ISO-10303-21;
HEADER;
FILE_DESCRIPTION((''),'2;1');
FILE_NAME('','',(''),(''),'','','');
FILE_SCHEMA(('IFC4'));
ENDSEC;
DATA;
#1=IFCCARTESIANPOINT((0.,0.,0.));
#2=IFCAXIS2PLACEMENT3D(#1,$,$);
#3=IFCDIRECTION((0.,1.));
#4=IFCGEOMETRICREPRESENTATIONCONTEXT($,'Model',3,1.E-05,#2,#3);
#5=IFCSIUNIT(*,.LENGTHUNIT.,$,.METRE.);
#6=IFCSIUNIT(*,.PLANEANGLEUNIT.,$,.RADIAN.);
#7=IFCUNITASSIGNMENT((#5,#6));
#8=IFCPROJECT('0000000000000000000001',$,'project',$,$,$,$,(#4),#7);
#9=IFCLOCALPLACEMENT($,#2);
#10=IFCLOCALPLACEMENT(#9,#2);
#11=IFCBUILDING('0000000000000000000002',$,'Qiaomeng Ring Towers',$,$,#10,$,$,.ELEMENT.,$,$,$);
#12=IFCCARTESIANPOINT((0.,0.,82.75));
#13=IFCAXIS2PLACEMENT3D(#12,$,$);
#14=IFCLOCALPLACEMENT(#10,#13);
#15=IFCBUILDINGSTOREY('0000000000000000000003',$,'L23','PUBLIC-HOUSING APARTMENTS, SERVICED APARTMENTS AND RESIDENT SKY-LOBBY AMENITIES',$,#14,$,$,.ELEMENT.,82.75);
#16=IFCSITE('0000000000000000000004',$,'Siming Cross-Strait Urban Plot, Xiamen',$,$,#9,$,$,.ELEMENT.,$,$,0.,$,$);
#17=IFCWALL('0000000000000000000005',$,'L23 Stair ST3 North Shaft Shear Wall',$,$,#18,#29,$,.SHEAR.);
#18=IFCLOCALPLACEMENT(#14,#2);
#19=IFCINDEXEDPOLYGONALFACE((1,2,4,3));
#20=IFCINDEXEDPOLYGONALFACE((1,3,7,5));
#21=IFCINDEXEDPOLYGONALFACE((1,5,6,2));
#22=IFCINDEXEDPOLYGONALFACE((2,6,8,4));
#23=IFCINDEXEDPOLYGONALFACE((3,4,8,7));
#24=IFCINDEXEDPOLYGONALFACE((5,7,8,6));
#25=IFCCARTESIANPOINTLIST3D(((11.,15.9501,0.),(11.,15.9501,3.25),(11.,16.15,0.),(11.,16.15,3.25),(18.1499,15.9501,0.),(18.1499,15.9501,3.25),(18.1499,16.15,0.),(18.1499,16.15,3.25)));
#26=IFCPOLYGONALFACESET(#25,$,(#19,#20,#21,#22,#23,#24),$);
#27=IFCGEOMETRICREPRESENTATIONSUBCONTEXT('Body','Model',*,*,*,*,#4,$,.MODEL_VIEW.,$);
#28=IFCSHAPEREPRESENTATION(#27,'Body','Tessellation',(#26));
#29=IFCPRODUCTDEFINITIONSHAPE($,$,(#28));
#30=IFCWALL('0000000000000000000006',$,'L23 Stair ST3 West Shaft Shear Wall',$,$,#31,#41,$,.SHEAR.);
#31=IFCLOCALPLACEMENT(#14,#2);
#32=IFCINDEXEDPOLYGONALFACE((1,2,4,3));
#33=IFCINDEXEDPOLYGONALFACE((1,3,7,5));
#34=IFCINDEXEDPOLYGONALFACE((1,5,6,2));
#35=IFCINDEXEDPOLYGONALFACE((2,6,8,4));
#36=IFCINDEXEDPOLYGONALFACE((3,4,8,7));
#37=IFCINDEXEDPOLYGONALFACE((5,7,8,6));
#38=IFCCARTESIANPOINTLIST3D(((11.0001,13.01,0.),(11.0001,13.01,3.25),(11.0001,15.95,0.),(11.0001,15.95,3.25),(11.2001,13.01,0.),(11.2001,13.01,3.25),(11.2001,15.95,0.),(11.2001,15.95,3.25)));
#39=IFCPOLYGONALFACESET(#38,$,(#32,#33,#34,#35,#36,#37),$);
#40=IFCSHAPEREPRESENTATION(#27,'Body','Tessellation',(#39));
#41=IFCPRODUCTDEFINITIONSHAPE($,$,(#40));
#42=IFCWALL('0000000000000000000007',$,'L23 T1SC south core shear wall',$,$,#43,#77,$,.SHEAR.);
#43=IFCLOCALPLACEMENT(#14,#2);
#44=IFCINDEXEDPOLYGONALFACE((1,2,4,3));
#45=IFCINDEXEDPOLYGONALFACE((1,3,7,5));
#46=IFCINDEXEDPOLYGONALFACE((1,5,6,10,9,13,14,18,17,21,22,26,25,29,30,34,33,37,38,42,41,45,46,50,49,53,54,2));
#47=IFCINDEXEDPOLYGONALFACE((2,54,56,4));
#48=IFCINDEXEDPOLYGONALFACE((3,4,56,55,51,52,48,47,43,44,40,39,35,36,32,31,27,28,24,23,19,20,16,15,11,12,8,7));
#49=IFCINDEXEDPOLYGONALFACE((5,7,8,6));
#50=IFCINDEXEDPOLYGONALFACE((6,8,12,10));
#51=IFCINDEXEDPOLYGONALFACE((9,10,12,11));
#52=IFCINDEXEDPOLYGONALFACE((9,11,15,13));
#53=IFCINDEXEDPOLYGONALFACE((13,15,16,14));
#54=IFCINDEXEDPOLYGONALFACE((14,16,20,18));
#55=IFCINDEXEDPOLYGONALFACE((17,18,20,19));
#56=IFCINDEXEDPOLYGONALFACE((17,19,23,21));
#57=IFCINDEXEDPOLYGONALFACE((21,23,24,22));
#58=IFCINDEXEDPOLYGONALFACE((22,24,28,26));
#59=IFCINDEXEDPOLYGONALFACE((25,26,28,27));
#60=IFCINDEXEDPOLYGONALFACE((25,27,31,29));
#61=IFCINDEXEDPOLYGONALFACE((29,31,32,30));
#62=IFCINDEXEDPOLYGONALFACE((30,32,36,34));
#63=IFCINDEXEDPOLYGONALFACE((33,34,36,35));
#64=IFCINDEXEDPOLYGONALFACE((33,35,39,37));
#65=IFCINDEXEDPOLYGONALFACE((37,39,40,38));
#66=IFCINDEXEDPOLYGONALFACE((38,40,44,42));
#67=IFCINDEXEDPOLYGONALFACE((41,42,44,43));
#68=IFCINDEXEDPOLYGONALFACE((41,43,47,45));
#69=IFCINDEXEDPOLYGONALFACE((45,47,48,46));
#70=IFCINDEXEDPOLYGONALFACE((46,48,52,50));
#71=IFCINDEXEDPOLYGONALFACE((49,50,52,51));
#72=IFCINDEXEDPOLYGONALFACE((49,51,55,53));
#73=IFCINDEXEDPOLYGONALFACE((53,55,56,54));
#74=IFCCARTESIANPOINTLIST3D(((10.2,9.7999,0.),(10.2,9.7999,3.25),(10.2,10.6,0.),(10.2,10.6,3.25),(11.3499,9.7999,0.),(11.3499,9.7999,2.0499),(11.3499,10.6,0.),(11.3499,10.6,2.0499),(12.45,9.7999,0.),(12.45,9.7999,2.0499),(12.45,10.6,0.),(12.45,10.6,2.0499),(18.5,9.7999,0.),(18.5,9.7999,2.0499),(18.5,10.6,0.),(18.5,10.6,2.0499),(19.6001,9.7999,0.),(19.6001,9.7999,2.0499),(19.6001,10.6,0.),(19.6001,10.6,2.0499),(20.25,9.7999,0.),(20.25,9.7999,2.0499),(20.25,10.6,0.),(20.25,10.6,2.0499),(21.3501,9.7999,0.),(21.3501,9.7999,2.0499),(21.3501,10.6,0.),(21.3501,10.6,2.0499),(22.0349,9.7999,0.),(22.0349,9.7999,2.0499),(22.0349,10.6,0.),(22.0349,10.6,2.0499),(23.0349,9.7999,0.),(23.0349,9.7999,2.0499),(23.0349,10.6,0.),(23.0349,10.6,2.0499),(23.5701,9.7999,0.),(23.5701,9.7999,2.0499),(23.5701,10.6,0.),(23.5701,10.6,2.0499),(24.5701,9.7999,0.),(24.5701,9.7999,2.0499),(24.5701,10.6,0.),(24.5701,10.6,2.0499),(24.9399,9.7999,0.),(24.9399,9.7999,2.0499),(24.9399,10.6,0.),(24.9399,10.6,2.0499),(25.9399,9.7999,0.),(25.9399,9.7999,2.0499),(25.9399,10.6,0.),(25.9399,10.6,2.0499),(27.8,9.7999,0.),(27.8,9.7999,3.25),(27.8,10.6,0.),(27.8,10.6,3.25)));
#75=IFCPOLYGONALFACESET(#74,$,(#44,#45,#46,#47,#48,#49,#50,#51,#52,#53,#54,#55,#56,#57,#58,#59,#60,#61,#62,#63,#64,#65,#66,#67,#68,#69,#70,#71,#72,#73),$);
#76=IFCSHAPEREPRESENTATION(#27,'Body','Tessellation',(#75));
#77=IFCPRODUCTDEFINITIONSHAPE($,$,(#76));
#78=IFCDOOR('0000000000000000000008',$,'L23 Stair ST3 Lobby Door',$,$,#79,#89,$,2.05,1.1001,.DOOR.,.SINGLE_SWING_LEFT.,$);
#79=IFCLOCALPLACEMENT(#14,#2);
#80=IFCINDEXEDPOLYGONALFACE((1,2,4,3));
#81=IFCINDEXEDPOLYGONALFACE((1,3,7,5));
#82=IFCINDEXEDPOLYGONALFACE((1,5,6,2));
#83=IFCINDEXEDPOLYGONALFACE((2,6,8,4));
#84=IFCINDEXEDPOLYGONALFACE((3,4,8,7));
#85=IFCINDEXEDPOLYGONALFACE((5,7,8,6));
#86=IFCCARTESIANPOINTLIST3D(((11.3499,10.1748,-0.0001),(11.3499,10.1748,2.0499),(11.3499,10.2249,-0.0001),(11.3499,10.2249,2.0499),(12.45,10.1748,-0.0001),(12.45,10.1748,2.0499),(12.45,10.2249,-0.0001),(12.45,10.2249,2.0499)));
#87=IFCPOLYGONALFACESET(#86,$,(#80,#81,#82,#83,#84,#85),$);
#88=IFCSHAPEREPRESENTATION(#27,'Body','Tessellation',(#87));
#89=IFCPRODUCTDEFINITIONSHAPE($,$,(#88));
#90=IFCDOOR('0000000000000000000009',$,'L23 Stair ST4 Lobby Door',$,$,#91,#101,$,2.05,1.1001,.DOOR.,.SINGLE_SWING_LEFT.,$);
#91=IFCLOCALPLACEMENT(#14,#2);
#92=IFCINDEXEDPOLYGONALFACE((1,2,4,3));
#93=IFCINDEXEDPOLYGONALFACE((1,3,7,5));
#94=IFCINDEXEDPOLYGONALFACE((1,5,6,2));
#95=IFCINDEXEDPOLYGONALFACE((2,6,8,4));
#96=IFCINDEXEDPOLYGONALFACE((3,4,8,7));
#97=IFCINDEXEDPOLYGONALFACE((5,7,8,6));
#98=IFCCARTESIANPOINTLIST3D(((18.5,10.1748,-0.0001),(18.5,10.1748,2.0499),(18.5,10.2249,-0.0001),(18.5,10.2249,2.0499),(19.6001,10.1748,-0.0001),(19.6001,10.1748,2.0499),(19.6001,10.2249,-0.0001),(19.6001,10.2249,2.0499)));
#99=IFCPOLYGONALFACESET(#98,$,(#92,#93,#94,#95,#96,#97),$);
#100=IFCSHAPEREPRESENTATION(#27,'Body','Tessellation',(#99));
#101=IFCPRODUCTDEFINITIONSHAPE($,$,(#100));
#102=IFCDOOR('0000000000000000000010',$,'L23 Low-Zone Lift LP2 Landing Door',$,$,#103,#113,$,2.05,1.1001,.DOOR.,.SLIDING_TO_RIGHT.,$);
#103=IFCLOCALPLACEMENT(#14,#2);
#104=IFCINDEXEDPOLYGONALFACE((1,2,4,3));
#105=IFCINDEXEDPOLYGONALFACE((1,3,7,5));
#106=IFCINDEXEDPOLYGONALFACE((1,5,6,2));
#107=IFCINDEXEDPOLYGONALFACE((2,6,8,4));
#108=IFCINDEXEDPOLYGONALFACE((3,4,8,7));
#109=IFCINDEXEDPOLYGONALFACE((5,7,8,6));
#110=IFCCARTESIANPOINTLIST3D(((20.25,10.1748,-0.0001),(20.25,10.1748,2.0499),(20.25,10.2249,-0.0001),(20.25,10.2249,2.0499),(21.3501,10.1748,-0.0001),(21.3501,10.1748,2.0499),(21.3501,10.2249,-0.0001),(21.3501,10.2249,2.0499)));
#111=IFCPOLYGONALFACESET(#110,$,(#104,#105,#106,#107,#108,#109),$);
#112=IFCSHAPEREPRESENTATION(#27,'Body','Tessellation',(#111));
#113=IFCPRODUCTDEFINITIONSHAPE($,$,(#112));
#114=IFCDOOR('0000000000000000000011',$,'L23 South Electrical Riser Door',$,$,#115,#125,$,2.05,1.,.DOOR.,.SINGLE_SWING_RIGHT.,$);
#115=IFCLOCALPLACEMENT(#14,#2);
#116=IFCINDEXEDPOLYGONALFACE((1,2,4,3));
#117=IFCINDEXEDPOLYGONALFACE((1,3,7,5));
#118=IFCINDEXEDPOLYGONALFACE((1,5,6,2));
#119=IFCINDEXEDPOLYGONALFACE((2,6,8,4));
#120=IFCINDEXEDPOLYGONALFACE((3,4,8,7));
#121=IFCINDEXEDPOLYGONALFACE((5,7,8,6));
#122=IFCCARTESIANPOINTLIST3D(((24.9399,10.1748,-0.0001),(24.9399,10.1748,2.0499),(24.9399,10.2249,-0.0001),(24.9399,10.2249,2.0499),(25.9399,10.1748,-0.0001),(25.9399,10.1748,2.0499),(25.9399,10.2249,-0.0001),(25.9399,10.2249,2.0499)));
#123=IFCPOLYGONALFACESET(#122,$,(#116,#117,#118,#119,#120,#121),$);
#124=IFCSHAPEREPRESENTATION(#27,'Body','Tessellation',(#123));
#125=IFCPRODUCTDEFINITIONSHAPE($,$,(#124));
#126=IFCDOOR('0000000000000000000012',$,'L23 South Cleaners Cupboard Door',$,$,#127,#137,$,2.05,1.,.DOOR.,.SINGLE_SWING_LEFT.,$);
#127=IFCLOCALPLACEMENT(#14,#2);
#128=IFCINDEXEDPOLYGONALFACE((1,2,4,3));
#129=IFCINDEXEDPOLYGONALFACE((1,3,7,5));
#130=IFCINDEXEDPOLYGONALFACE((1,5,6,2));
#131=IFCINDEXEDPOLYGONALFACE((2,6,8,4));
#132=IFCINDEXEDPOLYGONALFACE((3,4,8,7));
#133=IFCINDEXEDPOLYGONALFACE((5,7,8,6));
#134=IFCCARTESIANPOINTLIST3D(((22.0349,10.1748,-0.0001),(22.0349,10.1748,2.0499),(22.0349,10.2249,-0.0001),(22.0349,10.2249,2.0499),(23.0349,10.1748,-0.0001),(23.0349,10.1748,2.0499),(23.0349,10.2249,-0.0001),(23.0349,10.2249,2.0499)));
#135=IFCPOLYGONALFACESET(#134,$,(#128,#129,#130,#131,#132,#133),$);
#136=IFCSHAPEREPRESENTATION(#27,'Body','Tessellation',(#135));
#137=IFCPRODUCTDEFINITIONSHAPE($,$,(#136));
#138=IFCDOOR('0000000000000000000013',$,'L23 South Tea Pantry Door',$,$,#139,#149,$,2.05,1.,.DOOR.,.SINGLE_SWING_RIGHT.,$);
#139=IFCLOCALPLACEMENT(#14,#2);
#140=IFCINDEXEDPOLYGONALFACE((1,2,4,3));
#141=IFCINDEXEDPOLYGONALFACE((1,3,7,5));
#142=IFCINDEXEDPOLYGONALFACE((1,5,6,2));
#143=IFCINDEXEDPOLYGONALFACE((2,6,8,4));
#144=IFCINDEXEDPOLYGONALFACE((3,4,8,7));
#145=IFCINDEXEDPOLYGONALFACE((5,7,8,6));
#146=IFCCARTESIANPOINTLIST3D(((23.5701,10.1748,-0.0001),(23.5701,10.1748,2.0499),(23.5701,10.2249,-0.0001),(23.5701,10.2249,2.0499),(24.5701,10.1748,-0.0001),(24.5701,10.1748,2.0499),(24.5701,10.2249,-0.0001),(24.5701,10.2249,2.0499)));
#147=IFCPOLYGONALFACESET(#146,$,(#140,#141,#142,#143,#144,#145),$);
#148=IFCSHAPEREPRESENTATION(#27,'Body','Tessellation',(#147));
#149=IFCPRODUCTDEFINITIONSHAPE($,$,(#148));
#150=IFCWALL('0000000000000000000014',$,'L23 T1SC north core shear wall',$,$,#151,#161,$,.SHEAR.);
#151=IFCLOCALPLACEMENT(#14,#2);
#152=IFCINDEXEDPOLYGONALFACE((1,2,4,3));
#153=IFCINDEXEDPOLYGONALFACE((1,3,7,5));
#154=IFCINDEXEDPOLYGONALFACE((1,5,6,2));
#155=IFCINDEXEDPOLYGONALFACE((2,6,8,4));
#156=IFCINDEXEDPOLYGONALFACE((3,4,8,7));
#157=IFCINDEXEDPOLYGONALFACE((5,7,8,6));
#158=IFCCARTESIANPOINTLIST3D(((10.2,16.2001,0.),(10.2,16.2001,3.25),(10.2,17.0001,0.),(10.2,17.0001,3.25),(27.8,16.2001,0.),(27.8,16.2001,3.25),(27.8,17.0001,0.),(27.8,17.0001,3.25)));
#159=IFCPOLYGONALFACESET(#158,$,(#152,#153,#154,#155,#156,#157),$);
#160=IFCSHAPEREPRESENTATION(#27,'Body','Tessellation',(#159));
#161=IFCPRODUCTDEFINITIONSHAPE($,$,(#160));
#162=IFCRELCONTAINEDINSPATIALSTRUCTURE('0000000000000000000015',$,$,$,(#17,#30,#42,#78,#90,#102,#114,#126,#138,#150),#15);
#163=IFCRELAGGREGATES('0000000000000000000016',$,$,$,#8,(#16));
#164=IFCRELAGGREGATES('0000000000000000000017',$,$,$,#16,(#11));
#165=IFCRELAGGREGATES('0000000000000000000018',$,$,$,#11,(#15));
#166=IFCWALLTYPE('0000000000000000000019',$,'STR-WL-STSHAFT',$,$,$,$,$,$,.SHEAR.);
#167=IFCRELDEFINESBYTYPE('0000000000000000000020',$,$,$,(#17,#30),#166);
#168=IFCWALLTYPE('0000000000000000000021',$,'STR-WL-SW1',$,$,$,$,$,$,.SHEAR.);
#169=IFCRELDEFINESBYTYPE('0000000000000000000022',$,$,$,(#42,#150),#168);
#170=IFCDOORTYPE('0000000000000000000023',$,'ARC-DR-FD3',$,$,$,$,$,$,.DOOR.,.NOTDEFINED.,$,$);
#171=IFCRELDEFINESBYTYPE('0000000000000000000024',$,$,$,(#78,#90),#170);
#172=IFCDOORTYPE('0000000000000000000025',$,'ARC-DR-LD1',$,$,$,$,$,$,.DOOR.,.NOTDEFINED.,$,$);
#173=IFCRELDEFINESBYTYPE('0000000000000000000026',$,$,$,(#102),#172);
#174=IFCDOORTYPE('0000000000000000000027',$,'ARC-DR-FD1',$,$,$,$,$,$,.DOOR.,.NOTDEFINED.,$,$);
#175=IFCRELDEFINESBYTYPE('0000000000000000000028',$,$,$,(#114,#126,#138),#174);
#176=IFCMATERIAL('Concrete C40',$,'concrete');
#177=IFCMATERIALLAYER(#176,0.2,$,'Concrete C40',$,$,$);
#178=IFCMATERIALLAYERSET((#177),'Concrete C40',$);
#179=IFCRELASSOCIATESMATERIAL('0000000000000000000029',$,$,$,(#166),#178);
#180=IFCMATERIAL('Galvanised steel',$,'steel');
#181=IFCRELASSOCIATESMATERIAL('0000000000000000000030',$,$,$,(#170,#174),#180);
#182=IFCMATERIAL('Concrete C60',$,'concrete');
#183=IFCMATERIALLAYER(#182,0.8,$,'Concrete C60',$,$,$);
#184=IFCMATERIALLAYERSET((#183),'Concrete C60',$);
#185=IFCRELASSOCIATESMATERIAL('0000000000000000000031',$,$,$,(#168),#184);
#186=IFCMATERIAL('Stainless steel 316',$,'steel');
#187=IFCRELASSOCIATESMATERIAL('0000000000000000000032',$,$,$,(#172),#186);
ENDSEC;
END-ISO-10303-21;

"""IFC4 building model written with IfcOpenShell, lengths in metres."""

from ifc_helpers import new_model, si_unit, direction, frame, frame_2d, origin, place, context, subcontext, project, spatial, rectangle, extrude, source, transform, mapped, material, layer, layer_set, type_object, element, fill, save


model = new_model("IFC4")

# Units and contexts
model_context = context("Model", 3, precision=1e-05, world=origin(), true_north=direction((0.0, 1.0)))
body_context = subcontext(model_context, "Body", "Model", "MODEL_VIEW")
ifc_project = project(units=[si_unit("LENGTHUNIT", "METRE"), si_unit("PLANEANGLEUNIT", "RADIAN")], contexts=[model_context])

# Site, building, storey
site_placement = place(None, origin())
site = spatial("IfcSite", under=ifc_project, at=site_placement, Name="Siming Cross-Strait Urban Plot, Xiamen", CompositionType="ELEMENT", RefElevation=0.0)
building_placement = place(site_placement, origin())
building = spatial("IfcBuilding", under=site, at=building_placement, Name="Qiaomeng Ring Towers", CompositionType="ELEMENT")
storey_placement = place(building_placement, frame((0.0, 0.0, 82.75)))
storey = spatial("IfcBuildingStorey", under=building, at=storey_placement, Name="L23", Description="PUBLIC-HOUSING APARTMENTS, SERVICED APARTMENTS AND RESIDENT SKY-LOBBY AMENITIES", CompositionType="ELEMENT", Elevation=82.75)

# Shared definitions
shared_shape_1 = source(origin(), body_context, "Body", "SweptSolid", [
    extrude(rectangle(XDim=1.0, YDim=2.05, at=frame_2d((0.5, 1.0249))), frame((0.0, 0.0249, 0.0), z_axis=(0.0, -1.0, 0.0), x_axis=(1.0, 0.0, 0.0)), (0.0, 0.0, 1.0), 0.05),
])

# Shared definitions
ifc_material_1 = material(Name="Concrete C40", Category="concrete")
ifc_layer_1 = layer(ifc_material_1, 0.2, Name="Concrete C40")
ifc_layer_set_1 = layer_set([ifc_layer_1], Name="Concrete C40")
wall_type_1 = type_object("IfcWallType", Name="STR-WL-STSHAFT", PredefinedType="SHEAR", material=ifc_layer_set_1)
ifc_material_2 = material(Name="Galvanised steel", Category="steel")
door_type_1 = type_object("IfcDoorType", Name="ARC-DR-FD3", OperationType="NOTDEFINED", PredefinedType="DOOR", material=ifc_material_2)
shared_shape_2 = source(origin(), body_context, "Body", "SweptSolid", [
    extrude(rectangle(XDim=1.1001, YDim=2.05, at=frame_2d((0.55, 1.0249))), frame((0.0, 0.0249, 0.0), z_axis=(0.0, -1.0, 0.0), x_axis=(1.0, 0.0, 0.0)), (0.0, 0.0, 1.0), 0.05),
])

# Walls
wall_1_placement = place(storey_placement, frame((11.0, 16.05, 0.0), z_axis=(0.0, 0.0, 1.0), x_axis=(1.0, 0.0, 0.0)))
element("IfcWall", 1, at=wall_1_placement, inside=storey, type_object=wall_type_1, Name="L23 Stair ST3 North Shaft Shear Wall", PredefinedType="SHEAR", context=body_context, shape_type="SweptSolid", body=[
    extrude(rectangle(XDim=7.1499, YDim=0.2, at=frame_2d((3.575, 0.0))), origin(), (0.0, 0.0, 1.0), 3.25),
])
wall_2_placement = place(storey_placement, frame((11.1001, 13.01, 0.0), z_axis=(0.0, 0.0, 1.0), x_axis=(0.0, 1.0, 0.0)))
element("IfcWall", 2, at=wall_2_placement, inside=storey, type_object=wall_type_1, Name="L23 Stair ST3 West Shaft Shear Wall", PredefinedType="SHEAR", context=body_context, shape_type="SweptSolid", body=[
    extrude(rectangle(XDim=2.9399, YDim=0.2, at=frame_2d((1.47, 0.0))), origin(), (0.0, 0.0, 1.0), 3.25),
])

# Wall, openings, doors
ifc_material_3 = material(Name="Concrete C60", Category="concrete")
ifc_layer_2 = layer(ifc_material_3, 0.8, Name="Concrete C60")
ifc_layer_set_2 = layer_set([ifc_layer_2], Name="Concrete C60")
wall_type_2 = type_object("IfcWallType", Name="STR-WL-SW1", PredefinedType="SHEAR", material=ifc_layer_set_2)
wall_3_placement = place(storey_placement, frame((10.2, 10.2, 0.0), z_axis=(0.0, 0.0, 1.0), x_axis=(1.0, 0.0, 0.0)))
wall_3 = element("IfcWall", 3, at=wall_3_placement, inside=storey, type_object=wall_type_2, Name="L23 T1SC south core shear wall", PredefinedType="SHEAR", context=body_context, shape_type="SweptSolid", body=[
    extrude(rectangle(XDim=17.6001, YDim=0.8, at=frame_2d((8.8, 0.0))), origin(), (0.0, 0.0, 1.0), 3.25),
])
opening_1_placement = place(wall_3_placement, frame((1.1499, 0.0, 0.0)))
opening_1 = element("IfcOpeningElement", 4, at=opening_1_placement, cuts=wall_3, PredefinedType="OPENING", context=body_context, shape_type="SweptSolid", body=[
    extrude(rectangle(XDim=1.1001, YDim=2.05, at=frame_2d((0.55, 1.0249))), frame((0.0, 0.4099, 0.0), z_axis=(0.0, -1.0, 0.0), x_axis=(1.0, 0.0, 0.0)), (0.0, 0.0, 1.0), 0.8201),
])
opening_2_placement = place(wall_3_placement, frame((8.3, 0.0, 0.0)))
opening_2 = element("IfcOpeningElement", 5, at=opening_2_placement, cuts=wall_3, PredefinedType="OPENING", context=body_context, shape_type="SweptSolid", body=[
    extrude(rectangle(XDim=1.1001, YDim=2.05, at=frame_2d((0.55, 1.0249))), frame((0.0, 0.4099, 0.0), z_axis=(0.0, -1.0, 0.0), x_axis=(1.0, 0.0, 0.0)), (0.0, 0.0, 1.0), 0.8201),
])
opening_3_placement = place(wall_3_placement, frame((10.05, 0.0, 0.0)))
opening_3 = element("IfcOpeningElement", 6, at=opening_3_placement, cuts=wall_3, PredefinedType="OPENING", context=body_context, shape_type="SweptSolid", body=[
    extrude(rectangle(XDim=1.1001, YDim=2.05, at=frame_2d((0.55, 1.0249))), frame((0.0, 0.4099, 0.0), z_axis=(0.0, -1.0, 0.0), x_axis=(1.0, 0.0, 0.0)), (0.0, 0.0, 1.0), 0.8201),
])
opening_4_placement = place(wall_3_placement, frame((14.74, 0.0, 0.0)))
opening_4 = element("IfcOpeningElement", 7, at=opening_4_placement, cuts=wall_3, PredefinedType="OPENING", context=body_context, shape_type="SweptSolid", body=[
    extrude(rectangle(XDim=1.0, YDim=2.05, at=frame_2d((0.5, 1.0249))), frame((0.0, 0.4099, 0.0), z_axis=(0.0, -1.0, 0.0), x_axis=(1.0, 0.0, 0.0)), (0.0, 0.0, 1.0), 0.8201),
])
opening_5_placement = place(wall_3_placement, frame((11.835, 0.0, 0.0)))
opening_5 = element("IfcOpeningElement", 8, at=opening_5_placement, cuts=wall_3, PredefinedType="OPENING", context=body_context, shape_type="SweptSolid", body=[
    extrude(rectangle(XDim=1.0, YDim=2.05, at=frame_2d((0.5, 1.0249))), frame((0.0, 0.4099, 0.0), z_axis=(0.0, -1.0, 0.0), x_axis=(1.0, 0.0, 0.0)), (0.0, 0.0, 1.0), 0.8201),
])
opening_6_placement = place(wall_3_placement, frame((13.3701, 0.0, 0.0)))
opening_6 = element("IfcOpeningElement", 9, at=opening_6_placement, cuts=wall_3, PredefinedType="OPENING", context=body_context, shape_type="SweptSolid", body=[
    extrude(rectangle(XDim=1.0, YDim=2.05, at=frame_2d((0.5, 1.0249))), frame((0.0, 0.4099, 0.0), z_axis=(0.0, -1.0, 0.0), x_axis=(1.0, 0.0, 0.0)), (0.0, 0.0, 1.0), 0.8201),
])
door_1_placement = place(opening_1_placement, origin())
door_1 = element("IfcDoor", 10, at=door_1_placement, inside=storey, type_object=door_type_1, Name="L23 Stair ST3 Lobby Door", OperationType="SINGLE_SWING_LEFT", OverallHeight=2.05, OverallWidth=1.1001, PredefinedType="DOOR", context=body_context, shape_type="MappedRepresentation", body=[
    mapped(shared_shape_2, transform((0.0, 0.0, 0.0), x_axis=(1.0, 0.0, 0.0), y_axis=(0.0, 1.0, 0.0), z_axis=(0.0, 0.0, 1.0), scale=1.0)),
])
fill(opening_1, door_1)
door_2_placement = place(opening_2_placement, origin())
door_2 = element("IfcDoor", 11, at=door_2_placement, inside=storey, type_object=door_type_1, Name="L23 Stair ST4 Lobby Door", OperationType="SINGLE_SWING_LEFT", OverallHeight=2.05, OverallWidth=1.1001, PredefinedType="DOOR", context=body_context, shape_type="MappedRepresentation", body=[
    mapped(shared_shape_2, transform((0.0, 0.0, 0.0), x_axis=(1.0, 0.0, 0.0), y_axis=(0.0, 1.0, 0.0), z_axis=(0.0, 0.0, 1.0), scale=1.0)),
])
fill(opening_2, door_2)
ifc_material_4 = material(Name="Stainless steel 316", Category="steel")
door_type_2 = type_object("IfcDoorType", Name="ARC-DR-LD1", OperationType="NOTDEFINED", PredefinedType="DOOR", material=ifc_material_4)
door_3_placement = place(opening_3_placement, origin())
door_3 = element("IfcDoor", 12, at=door_3_placement, inside=storey, type_object=door_type_2, Name="L23 Low-Zone Lift LP2 Landing Door", OperationType="SLIDING_TO_RIGHT", OverallHeight=2.05, OverallWidth=1.1001, PredefinedType="DOOR", context=body_context, shape_type="MappedRepresentation", body=[
    mapped(shared_shape_2, transform((0.0, 0.0, 0.0), x_axis=(1.0, 0.0, 0.0), y_axis=(0.0, 1.0, 0.0), z_axis=(0.0, 0.0, 1.0), scale=1.0)),
])
fill(opening_3, door_3)
door_type_3 = type_object("IfcDoorType", Name="ARC-DR-FD1", OperationType="NOTDEFINED", PredefinedType="DOOR", material=ifc_material_2)
door_4_placement = place(opening_4_placement, origin())
door_4 = element("IfcDoor", 13, at=door_4_placement, inside=storey, type_object=door_type_3, Name="L23 South Electrical Riser Door", OperationType="SINGLE_SWING_RIGHT", OverallHeight=2.05, OverallWidth=1.0, PredefinedType="DOOR", context=body_context, shape_type="MappedRepresentation", body=[
    mapped(shared_shape_1, transform((0.0, 0.0, 0.0), x_axis=(1.0, 0.0, 0.0), y_axis=(0.0, 1.0, 0.0), z_axis=(0.0, 0.0, 1.0), scale=1.0)),
])
fill(opening_4, door_4)
door_5_placement = place(opening_5_placement, origin())
door_5 = element("IfcDoor", 14, at=door_5_placement, inside=storey, type_object=door_type_3, Name="L23 South Cleaners Cupboard Door", OperationType="SINGLE_SWING_LEFT", OverallHeight=2.05, OverallWidth=1.0, PredefinedType="DOOR", context=body_context, shape_type="MappedRepresentation", body=[
    mapped(shared_shape_1, transform((0.0, 0.0, 0.0), x_axis=(1.0, 0.0, 0.0), y_axis=(0.0, 1.0, 0.0), z_axis=(0.0, 0.0, 1.0), scale=1.0)),
])
fill(opening_5, door_5)
door_6_placement = place(opening_6_placement, origin())
door_6 = element("IfcDoor", 15, at=door_6_placement, inside=storey, type_object=door_type_3, Name="L23 South Tea Pantry Door", OperationType="SINGLE_SWING_RIGHT", OverallHeight=2.05, OverallWidth=1.0, PredefinedType="DOOR", context=body_context, shape_type="MappedRepresentation", body=[
    mapped(shared_shape_1, transform((0.0, 0.0, 0.0), x_axis=(1.0, 0.0, 0.0), y_axis=(0.0, 1.0, 0.0), z_axis=(0.0, 0.0, 1.0), scale=1.0)),
])
fill(opening_6, door_6)

# Wall
wall_4_placement = place(storey_placement, frame((10.2, 16.6001, 0.0), z_axis=(0.0, 0.0, 1.0), x_axis=(1.0, 0.0, 0.0)))
element("IfcWall", 16, at=wall_4_placement, inside=storey, type_object=wall_type_2, Name="L23 T1SC north core shear wall", PredefinedType="SHEAR", context=body_context, shape_type="SweptSolid", body=[
    extrude(rectangle(XDim=17.6001, YDim=0.8, at=frame_2d((8.8, 0.0))), origin(), (0.0, 0.0, 1.0), 3.25),
])

save(model, "model.ifc")
